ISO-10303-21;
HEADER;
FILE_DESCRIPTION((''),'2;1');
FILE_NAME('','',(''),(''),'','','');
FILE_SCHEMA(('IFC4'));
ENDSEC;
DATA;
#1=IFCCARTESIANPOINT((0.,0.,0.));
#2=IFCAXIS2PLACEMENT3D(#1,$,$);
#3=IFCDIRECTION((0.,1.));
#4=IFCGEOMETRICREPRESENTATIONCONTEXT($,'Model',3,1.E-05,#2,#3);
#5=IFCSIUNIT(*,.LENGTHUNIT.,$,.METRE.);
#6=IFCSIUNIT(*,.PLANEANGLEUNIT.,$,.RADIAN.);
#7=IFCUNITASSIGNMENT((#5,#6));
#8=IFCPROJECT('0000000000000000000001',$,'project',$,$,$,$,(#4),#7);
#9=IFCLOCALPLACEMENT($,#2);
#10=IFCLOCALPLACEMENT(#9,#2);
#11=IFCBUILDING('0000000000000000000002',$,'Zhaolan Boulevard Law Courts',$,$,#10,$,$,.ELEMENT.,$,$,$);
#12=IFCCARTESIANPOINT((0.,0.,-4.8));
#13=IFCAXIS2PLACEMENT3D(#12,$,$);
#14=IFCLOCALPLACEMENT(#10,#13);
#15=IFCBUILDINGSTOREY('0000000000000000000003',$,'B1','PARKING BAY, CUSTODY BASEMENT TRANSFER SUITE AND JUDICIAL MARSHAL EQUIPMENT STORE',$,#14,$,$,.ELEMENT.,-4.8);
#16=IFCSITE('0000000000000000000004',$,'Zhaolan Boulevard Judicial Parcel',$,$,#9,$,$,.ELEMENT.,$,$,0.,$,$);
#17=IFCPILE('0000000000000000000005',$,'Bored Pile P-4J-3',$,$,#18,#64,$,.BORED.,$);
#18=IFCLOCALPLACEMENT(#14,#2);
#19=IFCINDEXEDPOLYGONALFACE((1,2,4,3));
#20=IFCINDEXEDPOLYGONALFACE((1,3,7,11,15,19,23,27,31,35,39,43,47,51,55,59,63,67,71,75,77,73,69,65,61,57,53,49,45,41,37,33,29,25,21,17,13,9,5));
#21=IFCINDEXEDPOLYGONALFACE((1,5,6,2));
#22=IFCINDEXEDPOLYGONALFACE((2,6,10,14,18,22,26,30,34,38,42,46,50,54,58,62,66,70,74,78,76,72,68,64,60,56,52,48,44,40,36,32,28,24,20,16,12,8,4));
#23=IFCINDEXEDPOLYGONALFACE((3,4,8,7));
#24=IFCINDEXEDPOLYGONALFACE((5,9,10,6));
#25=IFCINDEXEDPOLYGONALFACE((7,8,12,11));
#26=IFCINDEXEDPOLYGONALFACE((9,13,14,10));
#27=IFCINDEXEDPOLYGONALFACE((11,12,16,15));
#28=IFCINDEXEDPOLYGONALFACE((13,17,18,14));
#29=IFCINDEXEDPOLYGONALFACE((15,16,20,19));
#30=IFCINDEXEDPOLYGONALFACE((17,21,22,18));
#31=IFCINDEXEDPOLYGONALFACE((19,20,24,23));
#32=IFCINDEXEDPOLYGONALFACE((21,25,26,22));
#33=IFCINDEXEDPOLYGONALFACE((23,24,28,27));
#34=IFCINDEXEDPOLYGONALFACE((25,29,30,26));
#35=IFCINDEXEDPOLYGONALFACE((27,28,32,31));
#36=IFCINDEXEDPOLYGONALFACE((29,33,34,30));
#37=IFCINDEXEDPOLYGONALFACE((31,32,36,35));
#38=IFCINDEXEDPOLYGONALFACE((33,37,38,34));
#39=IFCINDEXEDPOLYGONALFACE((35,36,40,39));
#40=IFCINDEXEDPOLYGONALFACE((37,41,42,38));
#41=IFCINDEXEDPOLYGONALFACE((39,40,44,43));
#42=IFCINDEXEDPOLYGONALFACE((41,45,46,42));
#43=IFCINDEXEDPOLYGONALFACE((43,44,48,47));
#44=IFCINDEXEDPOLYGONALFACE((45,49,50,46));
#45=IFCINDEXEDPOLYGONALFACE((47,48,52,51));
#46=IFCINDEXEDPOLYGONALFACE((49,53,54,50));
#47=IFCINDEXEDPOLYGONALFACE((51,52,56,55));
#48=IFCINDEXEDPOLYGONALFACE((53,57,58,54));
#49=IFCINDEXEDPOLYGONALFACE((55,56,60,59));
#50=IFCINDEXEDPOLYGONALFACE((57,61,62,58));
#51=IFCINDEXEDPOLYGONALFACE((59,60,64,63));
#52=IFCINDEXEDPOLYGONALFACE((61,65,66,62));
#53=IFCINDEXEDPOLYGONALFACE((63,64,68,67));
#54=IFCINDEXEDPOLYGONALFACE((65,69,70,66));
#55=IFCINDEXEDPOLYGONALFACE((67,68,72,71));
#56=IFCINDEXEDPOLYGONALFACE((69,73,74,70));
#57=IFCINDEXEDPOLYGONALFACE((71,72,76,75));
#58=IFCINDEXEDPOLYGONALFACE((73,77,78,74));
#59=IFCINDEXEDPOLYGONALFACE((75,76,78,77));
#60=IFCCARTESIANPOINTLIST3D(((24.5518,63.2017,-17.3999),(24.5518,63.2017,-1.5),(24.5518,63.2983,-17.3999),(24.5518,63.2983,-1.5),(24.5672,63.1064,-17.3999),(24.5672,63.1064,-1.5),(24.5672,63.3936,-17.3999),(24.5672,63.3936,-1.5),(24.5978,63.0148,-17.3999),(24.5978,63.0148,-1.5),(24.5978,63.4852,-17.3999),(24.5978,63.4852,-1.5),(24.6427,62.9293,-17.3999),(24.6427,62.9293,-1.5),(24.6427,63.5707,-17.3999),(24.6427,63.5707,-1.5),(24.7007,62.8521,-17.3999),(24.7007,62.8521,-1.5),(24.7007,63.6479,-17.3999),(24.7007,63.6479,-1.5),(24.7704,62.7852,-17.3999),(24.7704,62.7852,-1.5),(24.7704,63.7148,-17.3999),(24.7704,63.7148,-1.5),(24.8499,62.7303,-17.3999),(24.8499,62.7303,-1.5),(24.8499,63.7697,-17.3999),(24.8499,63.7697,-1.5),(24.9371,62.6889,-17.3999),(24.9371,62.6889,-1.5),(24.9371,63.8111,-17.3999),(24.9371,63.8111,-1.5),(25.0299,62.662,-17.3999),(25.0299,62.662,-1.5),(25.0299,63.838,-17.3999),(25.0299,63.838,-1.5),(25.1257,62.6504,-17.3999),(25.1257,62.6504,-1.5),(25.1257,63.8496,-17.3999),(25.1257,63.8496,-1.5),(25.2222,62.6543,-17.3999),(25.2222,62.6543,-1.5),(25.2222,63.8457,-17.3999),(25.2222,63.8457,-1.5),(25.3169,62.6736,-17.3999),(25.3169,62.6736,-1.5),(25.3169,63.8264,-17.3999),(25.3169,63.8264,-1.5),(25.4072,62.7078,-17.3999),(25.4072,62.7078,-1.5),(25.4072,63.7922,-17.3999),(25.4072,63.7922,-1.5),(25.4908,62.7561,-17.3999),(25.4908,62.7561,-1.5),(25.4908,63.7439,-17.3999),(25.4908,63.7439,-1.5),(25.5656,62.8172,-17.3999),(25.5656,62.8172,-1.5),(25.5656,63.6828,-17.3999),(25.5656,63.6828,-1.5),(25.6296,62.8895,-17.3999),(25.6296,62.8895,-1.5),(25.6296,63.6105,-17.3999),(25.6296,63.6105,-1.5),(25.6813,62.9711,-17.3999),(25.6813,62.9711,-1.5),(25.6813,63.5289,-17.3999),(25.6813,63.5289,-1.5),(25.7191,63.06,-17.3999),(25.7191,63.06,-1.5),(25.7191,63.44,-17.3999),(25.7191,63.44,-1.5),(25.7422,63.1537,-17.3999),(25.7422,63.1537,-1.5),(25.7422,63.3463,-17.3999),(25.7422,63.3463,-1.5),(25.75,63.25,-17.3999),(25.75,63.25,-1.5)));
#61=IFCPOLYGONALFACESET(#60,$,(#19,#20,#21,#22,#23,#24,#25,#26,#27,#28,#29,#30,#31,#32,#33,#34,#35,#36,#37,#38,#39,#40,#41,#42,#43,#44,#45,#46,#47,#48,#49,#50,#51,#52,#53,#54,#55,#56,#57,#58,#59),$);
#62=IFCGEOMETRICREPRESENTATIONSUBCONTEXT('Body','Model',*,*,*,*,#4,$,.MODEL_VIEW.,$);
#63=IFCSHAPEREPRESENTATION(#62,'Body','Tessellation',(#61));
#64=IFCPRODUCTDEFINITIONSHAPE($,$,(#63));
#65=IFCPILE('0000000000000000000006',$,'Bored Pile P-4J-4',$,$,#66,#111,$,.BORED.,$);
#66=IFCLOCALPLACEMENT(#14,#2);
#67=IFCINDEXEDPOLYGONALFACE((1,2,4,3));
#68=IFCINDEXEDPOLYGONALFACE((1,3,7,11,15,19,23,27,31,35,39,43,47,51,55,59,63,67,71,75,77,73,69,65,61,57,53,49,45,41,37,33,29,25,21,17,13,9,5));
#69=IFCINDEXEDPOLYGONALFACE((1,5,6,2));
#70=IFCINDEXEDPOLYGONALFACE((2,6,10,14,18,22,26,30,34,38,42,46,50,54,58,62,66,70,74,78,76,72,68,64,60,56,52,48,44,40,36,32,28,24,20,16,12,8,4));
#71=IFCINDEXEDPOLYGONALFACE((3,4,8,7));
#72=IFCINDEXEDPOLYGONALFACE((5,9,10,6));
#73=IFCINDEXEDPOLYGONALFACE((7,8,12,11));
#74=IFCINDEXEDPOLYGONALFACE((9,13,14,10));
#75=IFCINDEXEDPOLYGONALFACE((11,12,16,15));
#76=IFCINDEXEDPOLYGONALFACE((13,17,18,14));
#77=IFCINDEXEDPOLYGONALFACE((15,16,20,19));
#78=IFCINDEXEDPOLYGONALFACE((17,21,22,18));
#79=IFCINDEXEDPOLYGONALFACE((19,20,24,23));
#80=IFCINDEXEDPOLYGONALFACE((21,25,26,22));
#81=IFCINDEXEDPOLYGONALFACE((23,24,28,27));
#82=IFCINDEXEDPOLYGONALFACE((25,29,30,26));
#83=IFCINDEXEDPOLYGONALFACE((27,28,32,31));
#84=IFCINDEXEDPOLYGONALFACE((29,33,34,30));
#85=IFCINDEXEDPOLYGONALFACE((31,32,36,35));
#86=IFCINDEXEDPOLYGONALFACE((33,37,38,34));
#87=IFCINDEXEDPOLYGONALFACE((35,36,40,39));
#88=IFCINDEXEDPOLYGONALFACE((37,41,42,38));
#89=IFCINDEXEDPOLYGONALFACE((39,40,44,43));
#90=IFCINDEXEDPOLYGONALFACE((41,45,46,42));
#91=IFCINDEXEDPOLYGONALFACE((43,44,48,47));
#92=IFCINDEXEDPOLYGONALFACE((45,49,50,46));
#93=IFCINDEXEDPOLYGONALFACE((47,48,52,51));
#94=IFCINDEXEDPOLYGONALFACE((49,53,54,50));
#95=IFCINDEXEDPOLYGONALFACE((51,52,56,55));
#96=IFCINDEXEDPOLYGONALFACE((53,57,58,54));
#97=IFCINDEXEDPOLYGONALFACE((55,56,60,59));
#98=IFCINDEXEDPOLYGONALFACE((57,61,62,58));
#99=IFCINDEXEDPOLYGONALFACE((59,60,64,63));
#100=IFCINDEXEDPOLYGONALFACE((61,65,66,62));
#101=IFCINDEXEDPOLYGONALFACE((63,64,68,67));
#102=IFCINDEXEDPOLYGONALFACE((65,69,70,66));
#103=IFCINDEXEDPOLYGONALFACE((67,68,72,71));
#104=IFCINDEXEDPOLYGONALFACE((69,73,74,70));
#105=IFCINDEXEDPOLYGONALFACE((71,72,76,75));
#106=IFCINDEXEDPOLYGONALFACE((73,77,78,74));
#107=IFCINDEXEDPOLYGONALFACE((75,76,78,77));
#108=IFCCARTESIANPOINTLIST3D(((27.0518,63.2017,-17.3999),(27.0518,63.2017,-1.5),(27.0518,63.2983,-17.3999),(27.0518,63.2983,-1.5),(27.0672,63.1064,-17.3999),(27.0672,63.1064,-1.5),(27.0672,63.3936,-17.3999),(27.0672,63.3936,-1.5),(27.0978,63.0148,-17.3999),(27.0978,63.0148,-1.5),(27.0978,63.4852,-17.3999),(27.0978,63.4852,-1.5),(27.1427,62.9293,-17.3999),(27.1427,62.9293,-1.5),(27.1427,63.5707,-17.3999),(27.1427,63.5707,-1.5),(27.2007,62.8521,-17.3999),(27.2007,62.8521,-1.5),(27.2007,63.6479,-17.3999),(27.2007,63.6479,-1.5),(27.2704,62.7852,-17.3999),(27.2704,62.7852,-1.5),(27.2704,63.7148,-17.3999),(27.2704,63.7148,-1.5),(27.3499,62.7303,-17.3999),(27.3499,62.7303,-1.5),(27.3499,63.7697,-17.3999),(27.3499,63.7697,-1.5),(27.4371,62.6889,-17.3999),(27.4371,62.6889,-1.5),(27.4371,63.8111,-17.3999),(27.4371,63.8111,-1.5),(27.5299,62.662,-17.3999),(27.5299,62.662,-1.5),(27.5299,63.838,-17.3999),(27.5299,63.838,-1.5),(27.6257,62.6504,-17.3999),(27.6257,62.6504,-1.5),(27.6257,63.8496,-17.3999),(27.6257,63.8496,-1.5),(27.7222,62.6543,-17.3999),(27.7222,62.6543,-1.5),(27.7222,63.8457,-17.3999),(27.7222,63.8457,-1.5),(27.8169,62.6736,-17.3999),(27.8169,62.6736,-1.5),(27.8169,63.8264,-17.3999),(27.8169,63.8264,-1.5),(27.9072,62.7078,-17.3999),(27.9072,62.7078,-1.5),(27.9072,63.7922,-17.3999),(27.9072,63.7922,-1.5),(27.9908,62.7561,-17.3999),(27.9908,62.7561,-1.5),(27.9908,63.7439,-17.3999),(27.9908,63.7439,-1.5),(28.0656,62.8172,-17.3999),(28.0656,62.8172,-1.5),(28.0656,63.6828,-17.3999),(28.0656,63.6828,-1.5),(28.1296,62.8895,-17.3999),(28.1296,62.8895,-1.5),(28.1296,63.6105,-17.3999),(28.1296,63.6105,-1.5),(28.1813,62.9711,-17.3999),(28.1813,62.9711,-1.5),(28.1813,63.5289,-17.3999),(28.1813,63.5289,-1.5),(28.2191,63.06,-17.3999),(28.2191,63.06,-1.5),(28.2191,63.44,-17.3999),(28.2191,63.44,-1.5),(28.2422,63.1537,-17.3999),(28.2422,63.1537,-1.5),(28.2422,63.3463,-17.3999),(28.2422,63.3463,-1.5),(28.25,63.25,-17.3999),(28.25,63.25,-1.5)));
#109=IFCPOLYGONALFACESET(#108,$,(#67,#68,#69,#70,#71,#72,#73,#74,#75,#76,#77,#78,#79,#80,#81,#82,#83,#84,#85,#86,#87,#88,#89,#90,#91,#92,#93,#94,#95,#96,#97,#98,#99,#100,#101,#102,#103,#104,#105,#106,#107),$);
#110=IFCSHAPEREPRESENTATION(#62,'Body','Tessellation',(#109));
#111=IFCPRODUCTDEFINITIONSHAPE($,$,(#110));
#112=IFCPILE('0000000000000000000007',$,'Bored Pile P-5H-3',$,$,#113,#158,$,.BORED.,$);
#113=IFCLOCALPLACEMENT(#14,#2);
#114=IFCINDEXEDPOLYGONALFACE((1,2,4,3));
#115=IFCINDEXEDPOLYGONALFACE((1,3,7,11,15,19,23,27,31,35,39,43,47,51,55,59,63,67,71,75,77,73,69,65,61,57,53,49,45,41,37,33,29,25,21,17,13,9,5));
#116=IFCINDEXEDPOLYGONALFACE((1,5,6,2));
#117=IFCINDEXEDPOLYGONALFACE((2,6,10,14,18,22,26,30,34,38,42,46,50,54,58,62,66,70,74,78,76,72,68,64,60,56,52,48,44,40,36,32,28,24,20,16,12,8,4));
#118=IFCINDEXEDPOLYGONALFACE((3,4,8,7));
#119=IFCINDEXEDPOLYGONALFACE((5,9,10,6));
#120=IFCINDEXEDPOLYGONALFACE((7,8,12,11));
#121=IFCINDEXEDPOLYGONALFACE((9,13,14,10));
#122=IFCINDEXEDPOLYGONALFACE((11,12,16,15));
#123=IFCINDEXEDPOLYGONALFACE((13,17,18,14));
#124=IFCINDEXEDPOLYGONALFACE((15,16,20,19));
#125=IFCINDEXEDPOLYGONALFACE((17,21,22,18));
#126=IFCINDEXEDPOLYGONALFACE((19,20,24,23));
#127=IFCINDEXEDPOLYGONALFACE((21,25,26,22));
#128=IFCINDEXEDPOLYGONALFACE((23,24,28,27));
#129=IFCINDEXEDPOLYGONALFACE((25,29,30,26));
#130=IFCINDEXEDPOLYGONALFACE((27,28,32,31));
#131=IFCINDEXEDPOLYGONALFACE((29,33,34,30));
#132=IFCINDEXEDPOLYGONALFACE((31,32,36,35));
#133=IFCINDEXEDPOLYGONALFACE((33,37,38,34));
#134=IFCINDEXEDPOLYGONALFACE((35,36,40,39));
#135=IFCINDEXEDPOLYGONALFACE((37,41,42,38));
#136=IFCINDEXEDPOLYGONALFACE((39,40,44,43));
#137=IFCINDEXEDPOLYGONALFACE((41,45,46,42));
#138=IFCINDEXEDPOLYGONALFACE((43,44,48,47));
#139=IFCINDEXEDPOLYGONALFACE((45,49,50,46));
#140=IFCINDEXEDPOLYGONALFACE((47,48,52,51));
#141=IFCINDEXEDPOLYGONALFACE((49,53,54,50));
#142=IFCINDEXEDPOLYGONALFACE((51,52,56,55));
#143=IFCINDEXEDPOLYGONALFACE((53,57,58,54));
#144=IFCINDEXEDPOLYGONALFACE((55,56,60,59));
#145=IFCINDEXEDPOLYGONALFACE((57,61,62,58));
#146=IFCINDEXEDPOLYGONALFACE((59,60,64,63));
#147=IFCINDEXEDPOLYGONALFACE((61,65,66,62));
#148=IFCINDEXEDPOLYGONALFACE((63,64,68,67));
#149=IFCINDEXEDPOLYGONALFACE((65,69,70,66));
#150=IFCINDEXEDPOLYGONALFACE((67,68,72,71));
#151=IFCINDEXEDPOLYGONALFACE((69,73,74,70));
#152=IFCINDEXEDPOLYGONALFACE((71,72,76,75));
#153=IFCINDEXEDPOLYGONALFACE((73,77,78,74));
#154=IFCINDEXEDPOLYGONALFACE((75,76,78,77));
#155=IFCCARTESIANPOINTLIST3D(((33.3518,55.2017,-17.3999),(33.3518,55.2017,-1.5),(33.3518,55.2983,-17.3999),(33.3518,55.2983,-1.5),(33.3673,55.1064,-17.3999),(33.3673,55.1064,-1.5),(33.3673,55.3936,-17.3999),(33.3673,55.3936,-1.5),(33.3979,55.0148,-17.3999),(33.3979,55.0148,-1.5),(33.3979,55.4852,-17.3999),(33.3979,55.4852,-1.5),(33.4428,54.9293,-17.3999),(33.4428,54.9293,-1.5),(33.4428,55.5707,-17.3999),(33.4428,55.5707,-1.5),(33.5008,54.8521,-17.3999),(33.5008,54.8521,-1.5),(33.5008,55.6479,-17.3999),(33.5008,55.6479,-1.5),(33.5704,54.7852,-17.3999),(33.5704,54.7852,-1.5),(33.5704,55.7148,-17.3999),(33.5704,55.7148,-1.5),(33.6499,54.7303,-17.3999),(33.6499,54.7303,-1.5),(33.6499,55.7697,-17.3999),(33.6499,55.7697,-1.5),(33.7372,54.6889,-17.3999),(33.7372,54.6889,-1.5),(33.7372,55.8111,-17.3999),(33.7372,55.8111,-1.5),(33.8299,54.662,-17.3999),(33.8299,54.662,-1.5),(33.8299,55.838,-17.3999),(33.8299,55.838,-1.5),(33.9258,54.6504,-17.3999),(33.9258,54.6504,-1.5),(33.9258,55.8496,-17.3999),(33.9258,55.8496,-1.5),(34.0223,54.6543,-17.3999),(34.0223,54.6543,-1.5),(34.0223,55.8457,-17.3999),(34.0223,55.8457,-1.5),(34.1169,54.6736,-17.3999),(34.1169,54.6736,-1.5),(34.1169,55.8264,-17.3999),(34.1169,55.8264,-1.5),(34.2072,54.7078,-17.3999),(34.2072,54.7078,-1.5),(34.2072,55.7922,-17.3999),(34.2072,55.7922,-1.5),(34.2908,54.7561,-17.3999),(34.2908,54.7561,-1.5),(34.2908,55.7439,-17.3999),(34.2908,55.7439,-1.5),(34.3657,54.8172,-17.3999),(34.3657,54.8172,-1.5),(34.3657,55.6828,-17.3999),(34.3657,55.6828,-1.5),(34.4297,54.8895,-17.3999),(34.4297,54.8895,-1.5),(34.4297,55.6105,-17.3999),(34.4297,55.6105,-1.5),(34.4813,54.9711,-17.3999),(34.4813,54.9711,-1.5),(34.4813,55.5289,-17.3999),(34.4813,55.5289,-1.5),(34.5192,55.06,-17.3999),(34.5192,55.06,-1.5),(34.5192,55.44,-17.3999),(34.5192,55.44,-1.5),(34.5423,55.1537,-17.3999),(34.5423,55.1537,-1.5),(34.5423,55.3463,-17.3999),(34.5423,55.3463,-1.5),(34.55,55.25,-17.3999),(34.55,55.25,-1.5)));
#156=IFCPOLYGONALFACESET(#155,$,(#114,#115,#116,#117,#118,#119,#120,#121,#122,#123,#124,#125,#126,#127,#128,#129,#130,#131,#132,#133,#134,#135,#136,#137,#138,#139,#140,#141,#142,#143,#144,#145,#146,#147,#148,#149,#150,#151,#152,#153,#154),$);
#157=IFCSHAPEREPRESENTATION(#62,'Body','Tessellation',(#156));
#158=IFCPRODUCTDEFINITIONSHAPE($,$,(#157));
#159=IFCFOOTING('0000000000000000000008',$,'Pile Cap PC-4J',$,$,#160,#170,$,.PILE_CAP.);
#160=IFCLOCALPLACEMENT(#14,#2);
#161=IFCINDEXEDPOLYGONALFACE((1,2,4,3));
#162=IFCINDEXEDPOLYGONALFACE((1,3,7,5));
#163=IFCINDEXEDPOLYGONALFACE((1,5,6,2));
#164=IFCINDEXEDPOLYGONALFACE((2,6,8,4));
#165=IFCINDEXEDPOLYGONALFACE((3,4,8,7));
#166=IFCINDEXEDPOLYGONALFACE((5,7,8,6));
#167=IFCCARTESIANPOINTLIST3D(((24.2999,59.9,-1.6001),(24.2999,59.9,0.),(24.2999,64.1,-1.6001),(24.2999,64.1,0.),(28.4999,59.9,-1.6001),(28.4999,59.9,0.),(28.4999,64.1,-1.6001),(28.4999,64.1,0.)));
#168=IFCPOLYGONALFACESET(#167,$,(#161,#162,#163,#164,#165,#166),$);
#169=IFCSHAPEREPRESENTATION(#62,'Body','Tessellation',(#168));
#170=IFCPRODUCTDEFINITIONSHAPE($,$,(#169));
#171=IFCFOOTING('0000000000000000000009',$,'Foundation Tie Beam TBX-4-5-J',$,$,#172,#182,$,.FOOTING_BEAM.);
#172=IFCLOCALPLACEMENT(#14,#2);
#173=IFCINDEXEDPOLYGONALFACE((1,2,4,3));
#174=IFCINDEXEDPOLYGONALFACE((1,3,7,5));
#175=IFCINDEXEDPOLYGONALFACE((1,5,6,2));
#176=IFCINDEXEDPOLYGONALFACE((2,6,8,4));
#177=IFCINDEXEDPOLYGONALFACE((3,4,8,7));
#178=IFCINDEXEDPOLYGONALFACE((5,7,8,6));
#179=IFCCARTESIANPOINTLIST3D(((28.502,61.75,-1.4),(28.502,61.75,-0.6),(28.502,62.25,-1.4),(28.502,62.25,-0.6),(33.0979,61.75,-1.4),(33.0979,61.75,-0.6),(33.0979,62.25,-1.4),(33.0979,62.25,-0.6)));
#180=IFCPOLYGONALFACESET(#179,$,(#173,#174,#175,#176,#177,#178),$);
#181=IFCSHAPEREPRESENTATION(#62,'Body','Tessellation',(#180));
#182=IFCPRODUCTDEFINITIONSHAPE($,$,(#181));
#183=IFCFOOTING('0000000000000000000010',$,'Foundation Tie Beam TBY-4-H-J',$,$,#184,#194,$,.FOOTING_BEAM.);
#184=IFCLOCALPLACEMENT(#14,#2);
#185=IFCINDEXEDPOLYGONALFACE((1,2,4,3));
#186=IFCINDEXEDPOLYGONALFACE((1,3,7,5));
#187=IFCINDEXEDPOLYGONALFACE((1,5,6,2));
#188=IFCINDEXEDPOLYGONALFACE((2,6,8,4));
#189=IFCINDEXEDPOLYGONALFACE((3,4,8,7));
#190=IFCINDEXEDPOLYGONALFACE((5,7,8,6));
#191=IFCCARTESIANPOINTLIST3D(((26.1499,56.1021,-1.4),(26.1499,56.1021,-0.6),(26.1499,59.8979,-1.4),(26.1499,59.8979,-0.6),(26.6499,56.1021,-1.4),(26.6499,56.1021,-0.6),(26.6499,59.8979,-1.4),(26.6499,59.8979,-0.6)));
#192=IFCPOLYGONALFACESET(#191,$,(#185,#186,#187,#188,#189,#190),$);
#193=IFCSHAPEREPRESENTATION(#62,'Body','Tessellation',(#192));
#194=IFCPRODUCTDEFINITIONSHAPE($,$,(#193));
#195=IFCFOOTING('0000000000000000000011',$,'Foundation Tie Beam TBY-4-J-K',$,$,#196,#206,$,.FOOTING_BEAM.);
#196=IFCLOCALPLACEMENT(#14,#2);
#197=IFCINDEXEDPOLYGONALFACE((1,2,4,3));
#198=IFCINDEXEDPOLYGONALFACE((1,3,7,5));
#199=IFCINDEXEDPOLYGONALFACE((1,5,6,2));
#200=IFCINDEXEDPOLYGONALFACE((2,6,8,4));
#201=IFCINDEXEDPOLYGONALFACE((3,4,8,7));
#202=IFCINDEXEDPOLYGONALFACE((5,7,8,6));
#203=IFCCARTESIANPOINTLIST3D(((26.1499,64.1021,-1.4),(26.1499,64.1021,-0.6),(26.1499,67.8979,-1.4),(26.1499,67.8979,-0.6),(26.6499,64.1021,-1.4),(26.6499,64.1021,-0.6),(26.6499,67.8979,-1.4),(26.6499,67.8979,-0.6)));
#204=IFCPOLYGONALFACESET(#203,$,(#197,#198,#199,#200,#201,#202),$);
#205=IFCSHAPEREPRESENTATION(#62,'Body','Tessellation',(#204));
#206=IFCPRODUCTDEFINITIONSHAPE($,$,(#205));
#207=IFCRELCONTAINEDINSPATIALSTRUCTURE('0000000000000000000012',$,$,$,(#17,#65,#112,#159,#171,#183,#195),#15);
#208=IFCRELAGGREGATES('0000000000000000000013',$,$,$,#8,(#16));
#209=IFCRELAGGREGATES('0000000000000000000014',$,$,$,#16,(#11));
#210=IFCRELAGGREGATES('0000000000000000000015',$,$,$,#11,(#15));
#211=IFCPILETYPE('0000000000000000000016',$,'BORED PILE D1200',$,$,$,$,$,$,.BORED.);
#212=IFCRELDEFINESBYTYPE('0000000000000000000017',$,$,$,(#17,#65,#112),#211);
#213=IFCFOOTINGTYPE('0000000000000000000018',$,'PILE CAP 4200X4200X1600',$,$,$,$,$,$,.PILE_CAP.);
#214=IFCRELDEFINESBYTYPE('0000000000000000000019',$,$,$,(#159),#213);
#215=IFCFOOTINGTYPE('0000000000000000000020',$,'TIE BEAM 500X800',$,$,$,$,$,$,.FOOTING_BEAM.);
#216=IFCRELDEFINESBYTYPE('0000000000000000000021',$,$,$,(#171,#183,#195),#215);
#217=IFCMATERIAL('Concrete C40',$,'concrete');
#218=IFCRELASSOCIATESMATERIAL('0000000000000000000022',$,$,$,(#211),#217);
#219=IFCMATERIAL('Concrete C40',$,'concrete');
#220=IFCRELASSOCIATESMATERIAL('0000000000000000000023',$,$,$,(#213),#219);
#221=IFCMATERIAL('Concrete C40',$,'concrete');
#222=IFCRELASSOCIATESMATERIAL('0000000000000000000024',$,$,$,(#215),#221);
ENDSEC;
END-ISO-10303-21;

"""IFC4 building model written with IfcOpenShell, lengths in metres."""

from ifc_helpers import new_model, si_unit, direction, frame, origin, origin_2d, place, context, subcontext, project, spatial, rectangle, circle, extrude, material, material_profile, profile_set, type_object, element, save


model = new_model("IFC4")

# Units and contexts
model_context = context("Model", 3, precision=1e-05, world=origin(), true_north=direction((0.0, 1.0)))
body_context = subcontext(model_context, "Body", "Model", "MODEL_VIEW")
ifc_project = project(units=[si_unit("LENGTHUNIT", "METRE"), si_unit("PLANEANGLEUNIT", "RADIAN")], contexts=[model_context])

# Site, building, storey
site_placement = place(None, origin())
site = spatial("IfcSite", under=ifc_project, at=site_placement, Name="Zhaolan Boulevard Judicial Parcel", CompositionType="ELEMENT", RefElevation=0.0)
building_placement = place(site_placement, origin())
building = spatial("IfcBuilding", under=site, at=building_placement, Name="Zhaolan Boulevard Law Courts", CompositionType="ELEMENT")
storey_placement = place(building_placement, frame((0.0, 0.0, -4.8)))
storey = spatial("IfcBuildingStorey", under=building, at=storey_placement, Name="B1", Description="PARKING BAY, CUSTODY BASEMENT TRANSFER SUITE AND JUDICIAL MARSHAL EQUIPMENT STORE", CompositionType="ELEMENT", Elevation=-4.8)

# Piles
ifc_material_1 = material(Name="Concrete C40", Category="concrete")
ifc_material_profile_1 = material_profile(ifc_material_1, circle(Radius=0.6001, at=origin_2d()), Name="PILE-D1200")
ifc_profile_set_1 = profile_set([ifc_material_profile_1], Name="Concrete C40")
pile_type = type_object("IfcPileType", Name="BORED PILE D1200", PredefinedType="BORED", material=ifc_profile_set_1)
for number, where, z_axis, x_axis, name in (
    (1, (25.1499, 63.25, -1.5), (0.0, 0.0, -1.0), (1.0, 0.0, 0.0), "Bored Pile P-4J-3"),
    (2, (27.6499, 63.25, -1.5), (0.0, 0.0, -1.0), (1.0, 0.0, 0.0), "Bored Pile P-4J-4"),
    (3, (33.95, 55.25, -1.5), (0.0, 0.0, -1.0), (1.0, 0.0, 0.0), "Bored Pile P-5H-3"),
):
    element("IfcPile", number, at=place(storey_placement, frame(where, z_axis=z_axis, x_axis=x_axis)), inside=storey, type_object=pile_type, Name=name, PredefinedType="BORED", context=body_context, shape_type="SweptSolid", body=[
        extrude(circle(Radius=0.6001, at=origin_2d()), origin(), (0.0, 0.0, 1.0), 15.8999),
    ])

# Footings
ifc_material_2 = material(Name="Concrete C40", Category="concrete")
footing_type_1 = type_object("IfcFootingType", Name="PILE CAP 4200X4200X1600", PredefinedType="PILE_CAP", material=ifc_material_2)
footing_1_placement = place(storey_placement, frame((26.3999, 62.0, -1.6001), z_axis=(0.0, 0.0, 1.0), x_axis=(1.0, 0.0, 0.0)))
element("IfcFooting", 4, at=footing_1_placement, inside=storey, type_object=footing_type_1, Name="Pile Cap PC-4J", PredefinedType="PILE_CAP", context=body_context, shape_type="SweptSolid", body=[
    extrude(rectangle(XDim=4.2, YDim=4.2, at=origin_2d()), origin(), (0.0, 0.0, 1.0), 1.6001),
])
ifc_material_3 = material(Name="Concrete C40", Category="concrete")
ifc_material_profile_2 = material_profile(ifc_material_3, rectangle(XDim=0.5, YDim=0.8, at=origin_2d()), Name="RC500x800")
ifc_profile_set_2 = profile_set([ifc_material_profile_2], Name="Concrete C40")
footing_type_2 = type_object("IfcFootingType", Name="TIE BEAM 500X800", PredefinedType="FOOTING_BEAM", material=ifc_profile_set_2)
footing_2_placement = place(storey_placement, frame((28.502, 62.0, -1.0), z_axis=(1.0, 0.0, 0.0), x_axis=(0.0, 1.0, 0.0)))
element("IfcFooting", 5, at=footing_2_placement, inside=storey, type_object=footing_type_2, Name="Foundation Tie Beam TBX-4-5-J", PredefinedType="FOOTING_BEAM", context=body_context, shape_type="SweptSolid", body=[
    extrude(rectangle(XDim=0.5, YDim=0.8, at=origin_2d()), origin(), (0.0, 0.0, 1.0), 4.5959),
])
for number, where, z_axis, x_axis, name in (
    (6, (26.3999, 56.1021, -1.0), (0.0, 1.0, 0.0), (-1.0, 0.0, 0.0), "Foundation Tie Beam TBY-4-H-J"),
    (7, (26.3999, 64.1021, -1.0), (0.0, 1.0, 0.0), (-1.0, 0.0, 0.0), "Foundation Tie Beam TBY-4-J-K"),
):
    element("IfcFooting", number, at=place(storey_placement, frame(where, z_axis=z_axis, x_axis=x_axis)), inside=storey, type_object=footing_type_2, Name=name, PredefinedType="FOOTING_BEAM", context=body_context, shape_type="SweptSolid", body=[
        extrude(rectangle(XDim=0.5, YDim=0.8, at=origin_2d()), origin(), (0.0, 0.0, 1.0), 3.7959),
    ])

save(model, "model.ifc")
